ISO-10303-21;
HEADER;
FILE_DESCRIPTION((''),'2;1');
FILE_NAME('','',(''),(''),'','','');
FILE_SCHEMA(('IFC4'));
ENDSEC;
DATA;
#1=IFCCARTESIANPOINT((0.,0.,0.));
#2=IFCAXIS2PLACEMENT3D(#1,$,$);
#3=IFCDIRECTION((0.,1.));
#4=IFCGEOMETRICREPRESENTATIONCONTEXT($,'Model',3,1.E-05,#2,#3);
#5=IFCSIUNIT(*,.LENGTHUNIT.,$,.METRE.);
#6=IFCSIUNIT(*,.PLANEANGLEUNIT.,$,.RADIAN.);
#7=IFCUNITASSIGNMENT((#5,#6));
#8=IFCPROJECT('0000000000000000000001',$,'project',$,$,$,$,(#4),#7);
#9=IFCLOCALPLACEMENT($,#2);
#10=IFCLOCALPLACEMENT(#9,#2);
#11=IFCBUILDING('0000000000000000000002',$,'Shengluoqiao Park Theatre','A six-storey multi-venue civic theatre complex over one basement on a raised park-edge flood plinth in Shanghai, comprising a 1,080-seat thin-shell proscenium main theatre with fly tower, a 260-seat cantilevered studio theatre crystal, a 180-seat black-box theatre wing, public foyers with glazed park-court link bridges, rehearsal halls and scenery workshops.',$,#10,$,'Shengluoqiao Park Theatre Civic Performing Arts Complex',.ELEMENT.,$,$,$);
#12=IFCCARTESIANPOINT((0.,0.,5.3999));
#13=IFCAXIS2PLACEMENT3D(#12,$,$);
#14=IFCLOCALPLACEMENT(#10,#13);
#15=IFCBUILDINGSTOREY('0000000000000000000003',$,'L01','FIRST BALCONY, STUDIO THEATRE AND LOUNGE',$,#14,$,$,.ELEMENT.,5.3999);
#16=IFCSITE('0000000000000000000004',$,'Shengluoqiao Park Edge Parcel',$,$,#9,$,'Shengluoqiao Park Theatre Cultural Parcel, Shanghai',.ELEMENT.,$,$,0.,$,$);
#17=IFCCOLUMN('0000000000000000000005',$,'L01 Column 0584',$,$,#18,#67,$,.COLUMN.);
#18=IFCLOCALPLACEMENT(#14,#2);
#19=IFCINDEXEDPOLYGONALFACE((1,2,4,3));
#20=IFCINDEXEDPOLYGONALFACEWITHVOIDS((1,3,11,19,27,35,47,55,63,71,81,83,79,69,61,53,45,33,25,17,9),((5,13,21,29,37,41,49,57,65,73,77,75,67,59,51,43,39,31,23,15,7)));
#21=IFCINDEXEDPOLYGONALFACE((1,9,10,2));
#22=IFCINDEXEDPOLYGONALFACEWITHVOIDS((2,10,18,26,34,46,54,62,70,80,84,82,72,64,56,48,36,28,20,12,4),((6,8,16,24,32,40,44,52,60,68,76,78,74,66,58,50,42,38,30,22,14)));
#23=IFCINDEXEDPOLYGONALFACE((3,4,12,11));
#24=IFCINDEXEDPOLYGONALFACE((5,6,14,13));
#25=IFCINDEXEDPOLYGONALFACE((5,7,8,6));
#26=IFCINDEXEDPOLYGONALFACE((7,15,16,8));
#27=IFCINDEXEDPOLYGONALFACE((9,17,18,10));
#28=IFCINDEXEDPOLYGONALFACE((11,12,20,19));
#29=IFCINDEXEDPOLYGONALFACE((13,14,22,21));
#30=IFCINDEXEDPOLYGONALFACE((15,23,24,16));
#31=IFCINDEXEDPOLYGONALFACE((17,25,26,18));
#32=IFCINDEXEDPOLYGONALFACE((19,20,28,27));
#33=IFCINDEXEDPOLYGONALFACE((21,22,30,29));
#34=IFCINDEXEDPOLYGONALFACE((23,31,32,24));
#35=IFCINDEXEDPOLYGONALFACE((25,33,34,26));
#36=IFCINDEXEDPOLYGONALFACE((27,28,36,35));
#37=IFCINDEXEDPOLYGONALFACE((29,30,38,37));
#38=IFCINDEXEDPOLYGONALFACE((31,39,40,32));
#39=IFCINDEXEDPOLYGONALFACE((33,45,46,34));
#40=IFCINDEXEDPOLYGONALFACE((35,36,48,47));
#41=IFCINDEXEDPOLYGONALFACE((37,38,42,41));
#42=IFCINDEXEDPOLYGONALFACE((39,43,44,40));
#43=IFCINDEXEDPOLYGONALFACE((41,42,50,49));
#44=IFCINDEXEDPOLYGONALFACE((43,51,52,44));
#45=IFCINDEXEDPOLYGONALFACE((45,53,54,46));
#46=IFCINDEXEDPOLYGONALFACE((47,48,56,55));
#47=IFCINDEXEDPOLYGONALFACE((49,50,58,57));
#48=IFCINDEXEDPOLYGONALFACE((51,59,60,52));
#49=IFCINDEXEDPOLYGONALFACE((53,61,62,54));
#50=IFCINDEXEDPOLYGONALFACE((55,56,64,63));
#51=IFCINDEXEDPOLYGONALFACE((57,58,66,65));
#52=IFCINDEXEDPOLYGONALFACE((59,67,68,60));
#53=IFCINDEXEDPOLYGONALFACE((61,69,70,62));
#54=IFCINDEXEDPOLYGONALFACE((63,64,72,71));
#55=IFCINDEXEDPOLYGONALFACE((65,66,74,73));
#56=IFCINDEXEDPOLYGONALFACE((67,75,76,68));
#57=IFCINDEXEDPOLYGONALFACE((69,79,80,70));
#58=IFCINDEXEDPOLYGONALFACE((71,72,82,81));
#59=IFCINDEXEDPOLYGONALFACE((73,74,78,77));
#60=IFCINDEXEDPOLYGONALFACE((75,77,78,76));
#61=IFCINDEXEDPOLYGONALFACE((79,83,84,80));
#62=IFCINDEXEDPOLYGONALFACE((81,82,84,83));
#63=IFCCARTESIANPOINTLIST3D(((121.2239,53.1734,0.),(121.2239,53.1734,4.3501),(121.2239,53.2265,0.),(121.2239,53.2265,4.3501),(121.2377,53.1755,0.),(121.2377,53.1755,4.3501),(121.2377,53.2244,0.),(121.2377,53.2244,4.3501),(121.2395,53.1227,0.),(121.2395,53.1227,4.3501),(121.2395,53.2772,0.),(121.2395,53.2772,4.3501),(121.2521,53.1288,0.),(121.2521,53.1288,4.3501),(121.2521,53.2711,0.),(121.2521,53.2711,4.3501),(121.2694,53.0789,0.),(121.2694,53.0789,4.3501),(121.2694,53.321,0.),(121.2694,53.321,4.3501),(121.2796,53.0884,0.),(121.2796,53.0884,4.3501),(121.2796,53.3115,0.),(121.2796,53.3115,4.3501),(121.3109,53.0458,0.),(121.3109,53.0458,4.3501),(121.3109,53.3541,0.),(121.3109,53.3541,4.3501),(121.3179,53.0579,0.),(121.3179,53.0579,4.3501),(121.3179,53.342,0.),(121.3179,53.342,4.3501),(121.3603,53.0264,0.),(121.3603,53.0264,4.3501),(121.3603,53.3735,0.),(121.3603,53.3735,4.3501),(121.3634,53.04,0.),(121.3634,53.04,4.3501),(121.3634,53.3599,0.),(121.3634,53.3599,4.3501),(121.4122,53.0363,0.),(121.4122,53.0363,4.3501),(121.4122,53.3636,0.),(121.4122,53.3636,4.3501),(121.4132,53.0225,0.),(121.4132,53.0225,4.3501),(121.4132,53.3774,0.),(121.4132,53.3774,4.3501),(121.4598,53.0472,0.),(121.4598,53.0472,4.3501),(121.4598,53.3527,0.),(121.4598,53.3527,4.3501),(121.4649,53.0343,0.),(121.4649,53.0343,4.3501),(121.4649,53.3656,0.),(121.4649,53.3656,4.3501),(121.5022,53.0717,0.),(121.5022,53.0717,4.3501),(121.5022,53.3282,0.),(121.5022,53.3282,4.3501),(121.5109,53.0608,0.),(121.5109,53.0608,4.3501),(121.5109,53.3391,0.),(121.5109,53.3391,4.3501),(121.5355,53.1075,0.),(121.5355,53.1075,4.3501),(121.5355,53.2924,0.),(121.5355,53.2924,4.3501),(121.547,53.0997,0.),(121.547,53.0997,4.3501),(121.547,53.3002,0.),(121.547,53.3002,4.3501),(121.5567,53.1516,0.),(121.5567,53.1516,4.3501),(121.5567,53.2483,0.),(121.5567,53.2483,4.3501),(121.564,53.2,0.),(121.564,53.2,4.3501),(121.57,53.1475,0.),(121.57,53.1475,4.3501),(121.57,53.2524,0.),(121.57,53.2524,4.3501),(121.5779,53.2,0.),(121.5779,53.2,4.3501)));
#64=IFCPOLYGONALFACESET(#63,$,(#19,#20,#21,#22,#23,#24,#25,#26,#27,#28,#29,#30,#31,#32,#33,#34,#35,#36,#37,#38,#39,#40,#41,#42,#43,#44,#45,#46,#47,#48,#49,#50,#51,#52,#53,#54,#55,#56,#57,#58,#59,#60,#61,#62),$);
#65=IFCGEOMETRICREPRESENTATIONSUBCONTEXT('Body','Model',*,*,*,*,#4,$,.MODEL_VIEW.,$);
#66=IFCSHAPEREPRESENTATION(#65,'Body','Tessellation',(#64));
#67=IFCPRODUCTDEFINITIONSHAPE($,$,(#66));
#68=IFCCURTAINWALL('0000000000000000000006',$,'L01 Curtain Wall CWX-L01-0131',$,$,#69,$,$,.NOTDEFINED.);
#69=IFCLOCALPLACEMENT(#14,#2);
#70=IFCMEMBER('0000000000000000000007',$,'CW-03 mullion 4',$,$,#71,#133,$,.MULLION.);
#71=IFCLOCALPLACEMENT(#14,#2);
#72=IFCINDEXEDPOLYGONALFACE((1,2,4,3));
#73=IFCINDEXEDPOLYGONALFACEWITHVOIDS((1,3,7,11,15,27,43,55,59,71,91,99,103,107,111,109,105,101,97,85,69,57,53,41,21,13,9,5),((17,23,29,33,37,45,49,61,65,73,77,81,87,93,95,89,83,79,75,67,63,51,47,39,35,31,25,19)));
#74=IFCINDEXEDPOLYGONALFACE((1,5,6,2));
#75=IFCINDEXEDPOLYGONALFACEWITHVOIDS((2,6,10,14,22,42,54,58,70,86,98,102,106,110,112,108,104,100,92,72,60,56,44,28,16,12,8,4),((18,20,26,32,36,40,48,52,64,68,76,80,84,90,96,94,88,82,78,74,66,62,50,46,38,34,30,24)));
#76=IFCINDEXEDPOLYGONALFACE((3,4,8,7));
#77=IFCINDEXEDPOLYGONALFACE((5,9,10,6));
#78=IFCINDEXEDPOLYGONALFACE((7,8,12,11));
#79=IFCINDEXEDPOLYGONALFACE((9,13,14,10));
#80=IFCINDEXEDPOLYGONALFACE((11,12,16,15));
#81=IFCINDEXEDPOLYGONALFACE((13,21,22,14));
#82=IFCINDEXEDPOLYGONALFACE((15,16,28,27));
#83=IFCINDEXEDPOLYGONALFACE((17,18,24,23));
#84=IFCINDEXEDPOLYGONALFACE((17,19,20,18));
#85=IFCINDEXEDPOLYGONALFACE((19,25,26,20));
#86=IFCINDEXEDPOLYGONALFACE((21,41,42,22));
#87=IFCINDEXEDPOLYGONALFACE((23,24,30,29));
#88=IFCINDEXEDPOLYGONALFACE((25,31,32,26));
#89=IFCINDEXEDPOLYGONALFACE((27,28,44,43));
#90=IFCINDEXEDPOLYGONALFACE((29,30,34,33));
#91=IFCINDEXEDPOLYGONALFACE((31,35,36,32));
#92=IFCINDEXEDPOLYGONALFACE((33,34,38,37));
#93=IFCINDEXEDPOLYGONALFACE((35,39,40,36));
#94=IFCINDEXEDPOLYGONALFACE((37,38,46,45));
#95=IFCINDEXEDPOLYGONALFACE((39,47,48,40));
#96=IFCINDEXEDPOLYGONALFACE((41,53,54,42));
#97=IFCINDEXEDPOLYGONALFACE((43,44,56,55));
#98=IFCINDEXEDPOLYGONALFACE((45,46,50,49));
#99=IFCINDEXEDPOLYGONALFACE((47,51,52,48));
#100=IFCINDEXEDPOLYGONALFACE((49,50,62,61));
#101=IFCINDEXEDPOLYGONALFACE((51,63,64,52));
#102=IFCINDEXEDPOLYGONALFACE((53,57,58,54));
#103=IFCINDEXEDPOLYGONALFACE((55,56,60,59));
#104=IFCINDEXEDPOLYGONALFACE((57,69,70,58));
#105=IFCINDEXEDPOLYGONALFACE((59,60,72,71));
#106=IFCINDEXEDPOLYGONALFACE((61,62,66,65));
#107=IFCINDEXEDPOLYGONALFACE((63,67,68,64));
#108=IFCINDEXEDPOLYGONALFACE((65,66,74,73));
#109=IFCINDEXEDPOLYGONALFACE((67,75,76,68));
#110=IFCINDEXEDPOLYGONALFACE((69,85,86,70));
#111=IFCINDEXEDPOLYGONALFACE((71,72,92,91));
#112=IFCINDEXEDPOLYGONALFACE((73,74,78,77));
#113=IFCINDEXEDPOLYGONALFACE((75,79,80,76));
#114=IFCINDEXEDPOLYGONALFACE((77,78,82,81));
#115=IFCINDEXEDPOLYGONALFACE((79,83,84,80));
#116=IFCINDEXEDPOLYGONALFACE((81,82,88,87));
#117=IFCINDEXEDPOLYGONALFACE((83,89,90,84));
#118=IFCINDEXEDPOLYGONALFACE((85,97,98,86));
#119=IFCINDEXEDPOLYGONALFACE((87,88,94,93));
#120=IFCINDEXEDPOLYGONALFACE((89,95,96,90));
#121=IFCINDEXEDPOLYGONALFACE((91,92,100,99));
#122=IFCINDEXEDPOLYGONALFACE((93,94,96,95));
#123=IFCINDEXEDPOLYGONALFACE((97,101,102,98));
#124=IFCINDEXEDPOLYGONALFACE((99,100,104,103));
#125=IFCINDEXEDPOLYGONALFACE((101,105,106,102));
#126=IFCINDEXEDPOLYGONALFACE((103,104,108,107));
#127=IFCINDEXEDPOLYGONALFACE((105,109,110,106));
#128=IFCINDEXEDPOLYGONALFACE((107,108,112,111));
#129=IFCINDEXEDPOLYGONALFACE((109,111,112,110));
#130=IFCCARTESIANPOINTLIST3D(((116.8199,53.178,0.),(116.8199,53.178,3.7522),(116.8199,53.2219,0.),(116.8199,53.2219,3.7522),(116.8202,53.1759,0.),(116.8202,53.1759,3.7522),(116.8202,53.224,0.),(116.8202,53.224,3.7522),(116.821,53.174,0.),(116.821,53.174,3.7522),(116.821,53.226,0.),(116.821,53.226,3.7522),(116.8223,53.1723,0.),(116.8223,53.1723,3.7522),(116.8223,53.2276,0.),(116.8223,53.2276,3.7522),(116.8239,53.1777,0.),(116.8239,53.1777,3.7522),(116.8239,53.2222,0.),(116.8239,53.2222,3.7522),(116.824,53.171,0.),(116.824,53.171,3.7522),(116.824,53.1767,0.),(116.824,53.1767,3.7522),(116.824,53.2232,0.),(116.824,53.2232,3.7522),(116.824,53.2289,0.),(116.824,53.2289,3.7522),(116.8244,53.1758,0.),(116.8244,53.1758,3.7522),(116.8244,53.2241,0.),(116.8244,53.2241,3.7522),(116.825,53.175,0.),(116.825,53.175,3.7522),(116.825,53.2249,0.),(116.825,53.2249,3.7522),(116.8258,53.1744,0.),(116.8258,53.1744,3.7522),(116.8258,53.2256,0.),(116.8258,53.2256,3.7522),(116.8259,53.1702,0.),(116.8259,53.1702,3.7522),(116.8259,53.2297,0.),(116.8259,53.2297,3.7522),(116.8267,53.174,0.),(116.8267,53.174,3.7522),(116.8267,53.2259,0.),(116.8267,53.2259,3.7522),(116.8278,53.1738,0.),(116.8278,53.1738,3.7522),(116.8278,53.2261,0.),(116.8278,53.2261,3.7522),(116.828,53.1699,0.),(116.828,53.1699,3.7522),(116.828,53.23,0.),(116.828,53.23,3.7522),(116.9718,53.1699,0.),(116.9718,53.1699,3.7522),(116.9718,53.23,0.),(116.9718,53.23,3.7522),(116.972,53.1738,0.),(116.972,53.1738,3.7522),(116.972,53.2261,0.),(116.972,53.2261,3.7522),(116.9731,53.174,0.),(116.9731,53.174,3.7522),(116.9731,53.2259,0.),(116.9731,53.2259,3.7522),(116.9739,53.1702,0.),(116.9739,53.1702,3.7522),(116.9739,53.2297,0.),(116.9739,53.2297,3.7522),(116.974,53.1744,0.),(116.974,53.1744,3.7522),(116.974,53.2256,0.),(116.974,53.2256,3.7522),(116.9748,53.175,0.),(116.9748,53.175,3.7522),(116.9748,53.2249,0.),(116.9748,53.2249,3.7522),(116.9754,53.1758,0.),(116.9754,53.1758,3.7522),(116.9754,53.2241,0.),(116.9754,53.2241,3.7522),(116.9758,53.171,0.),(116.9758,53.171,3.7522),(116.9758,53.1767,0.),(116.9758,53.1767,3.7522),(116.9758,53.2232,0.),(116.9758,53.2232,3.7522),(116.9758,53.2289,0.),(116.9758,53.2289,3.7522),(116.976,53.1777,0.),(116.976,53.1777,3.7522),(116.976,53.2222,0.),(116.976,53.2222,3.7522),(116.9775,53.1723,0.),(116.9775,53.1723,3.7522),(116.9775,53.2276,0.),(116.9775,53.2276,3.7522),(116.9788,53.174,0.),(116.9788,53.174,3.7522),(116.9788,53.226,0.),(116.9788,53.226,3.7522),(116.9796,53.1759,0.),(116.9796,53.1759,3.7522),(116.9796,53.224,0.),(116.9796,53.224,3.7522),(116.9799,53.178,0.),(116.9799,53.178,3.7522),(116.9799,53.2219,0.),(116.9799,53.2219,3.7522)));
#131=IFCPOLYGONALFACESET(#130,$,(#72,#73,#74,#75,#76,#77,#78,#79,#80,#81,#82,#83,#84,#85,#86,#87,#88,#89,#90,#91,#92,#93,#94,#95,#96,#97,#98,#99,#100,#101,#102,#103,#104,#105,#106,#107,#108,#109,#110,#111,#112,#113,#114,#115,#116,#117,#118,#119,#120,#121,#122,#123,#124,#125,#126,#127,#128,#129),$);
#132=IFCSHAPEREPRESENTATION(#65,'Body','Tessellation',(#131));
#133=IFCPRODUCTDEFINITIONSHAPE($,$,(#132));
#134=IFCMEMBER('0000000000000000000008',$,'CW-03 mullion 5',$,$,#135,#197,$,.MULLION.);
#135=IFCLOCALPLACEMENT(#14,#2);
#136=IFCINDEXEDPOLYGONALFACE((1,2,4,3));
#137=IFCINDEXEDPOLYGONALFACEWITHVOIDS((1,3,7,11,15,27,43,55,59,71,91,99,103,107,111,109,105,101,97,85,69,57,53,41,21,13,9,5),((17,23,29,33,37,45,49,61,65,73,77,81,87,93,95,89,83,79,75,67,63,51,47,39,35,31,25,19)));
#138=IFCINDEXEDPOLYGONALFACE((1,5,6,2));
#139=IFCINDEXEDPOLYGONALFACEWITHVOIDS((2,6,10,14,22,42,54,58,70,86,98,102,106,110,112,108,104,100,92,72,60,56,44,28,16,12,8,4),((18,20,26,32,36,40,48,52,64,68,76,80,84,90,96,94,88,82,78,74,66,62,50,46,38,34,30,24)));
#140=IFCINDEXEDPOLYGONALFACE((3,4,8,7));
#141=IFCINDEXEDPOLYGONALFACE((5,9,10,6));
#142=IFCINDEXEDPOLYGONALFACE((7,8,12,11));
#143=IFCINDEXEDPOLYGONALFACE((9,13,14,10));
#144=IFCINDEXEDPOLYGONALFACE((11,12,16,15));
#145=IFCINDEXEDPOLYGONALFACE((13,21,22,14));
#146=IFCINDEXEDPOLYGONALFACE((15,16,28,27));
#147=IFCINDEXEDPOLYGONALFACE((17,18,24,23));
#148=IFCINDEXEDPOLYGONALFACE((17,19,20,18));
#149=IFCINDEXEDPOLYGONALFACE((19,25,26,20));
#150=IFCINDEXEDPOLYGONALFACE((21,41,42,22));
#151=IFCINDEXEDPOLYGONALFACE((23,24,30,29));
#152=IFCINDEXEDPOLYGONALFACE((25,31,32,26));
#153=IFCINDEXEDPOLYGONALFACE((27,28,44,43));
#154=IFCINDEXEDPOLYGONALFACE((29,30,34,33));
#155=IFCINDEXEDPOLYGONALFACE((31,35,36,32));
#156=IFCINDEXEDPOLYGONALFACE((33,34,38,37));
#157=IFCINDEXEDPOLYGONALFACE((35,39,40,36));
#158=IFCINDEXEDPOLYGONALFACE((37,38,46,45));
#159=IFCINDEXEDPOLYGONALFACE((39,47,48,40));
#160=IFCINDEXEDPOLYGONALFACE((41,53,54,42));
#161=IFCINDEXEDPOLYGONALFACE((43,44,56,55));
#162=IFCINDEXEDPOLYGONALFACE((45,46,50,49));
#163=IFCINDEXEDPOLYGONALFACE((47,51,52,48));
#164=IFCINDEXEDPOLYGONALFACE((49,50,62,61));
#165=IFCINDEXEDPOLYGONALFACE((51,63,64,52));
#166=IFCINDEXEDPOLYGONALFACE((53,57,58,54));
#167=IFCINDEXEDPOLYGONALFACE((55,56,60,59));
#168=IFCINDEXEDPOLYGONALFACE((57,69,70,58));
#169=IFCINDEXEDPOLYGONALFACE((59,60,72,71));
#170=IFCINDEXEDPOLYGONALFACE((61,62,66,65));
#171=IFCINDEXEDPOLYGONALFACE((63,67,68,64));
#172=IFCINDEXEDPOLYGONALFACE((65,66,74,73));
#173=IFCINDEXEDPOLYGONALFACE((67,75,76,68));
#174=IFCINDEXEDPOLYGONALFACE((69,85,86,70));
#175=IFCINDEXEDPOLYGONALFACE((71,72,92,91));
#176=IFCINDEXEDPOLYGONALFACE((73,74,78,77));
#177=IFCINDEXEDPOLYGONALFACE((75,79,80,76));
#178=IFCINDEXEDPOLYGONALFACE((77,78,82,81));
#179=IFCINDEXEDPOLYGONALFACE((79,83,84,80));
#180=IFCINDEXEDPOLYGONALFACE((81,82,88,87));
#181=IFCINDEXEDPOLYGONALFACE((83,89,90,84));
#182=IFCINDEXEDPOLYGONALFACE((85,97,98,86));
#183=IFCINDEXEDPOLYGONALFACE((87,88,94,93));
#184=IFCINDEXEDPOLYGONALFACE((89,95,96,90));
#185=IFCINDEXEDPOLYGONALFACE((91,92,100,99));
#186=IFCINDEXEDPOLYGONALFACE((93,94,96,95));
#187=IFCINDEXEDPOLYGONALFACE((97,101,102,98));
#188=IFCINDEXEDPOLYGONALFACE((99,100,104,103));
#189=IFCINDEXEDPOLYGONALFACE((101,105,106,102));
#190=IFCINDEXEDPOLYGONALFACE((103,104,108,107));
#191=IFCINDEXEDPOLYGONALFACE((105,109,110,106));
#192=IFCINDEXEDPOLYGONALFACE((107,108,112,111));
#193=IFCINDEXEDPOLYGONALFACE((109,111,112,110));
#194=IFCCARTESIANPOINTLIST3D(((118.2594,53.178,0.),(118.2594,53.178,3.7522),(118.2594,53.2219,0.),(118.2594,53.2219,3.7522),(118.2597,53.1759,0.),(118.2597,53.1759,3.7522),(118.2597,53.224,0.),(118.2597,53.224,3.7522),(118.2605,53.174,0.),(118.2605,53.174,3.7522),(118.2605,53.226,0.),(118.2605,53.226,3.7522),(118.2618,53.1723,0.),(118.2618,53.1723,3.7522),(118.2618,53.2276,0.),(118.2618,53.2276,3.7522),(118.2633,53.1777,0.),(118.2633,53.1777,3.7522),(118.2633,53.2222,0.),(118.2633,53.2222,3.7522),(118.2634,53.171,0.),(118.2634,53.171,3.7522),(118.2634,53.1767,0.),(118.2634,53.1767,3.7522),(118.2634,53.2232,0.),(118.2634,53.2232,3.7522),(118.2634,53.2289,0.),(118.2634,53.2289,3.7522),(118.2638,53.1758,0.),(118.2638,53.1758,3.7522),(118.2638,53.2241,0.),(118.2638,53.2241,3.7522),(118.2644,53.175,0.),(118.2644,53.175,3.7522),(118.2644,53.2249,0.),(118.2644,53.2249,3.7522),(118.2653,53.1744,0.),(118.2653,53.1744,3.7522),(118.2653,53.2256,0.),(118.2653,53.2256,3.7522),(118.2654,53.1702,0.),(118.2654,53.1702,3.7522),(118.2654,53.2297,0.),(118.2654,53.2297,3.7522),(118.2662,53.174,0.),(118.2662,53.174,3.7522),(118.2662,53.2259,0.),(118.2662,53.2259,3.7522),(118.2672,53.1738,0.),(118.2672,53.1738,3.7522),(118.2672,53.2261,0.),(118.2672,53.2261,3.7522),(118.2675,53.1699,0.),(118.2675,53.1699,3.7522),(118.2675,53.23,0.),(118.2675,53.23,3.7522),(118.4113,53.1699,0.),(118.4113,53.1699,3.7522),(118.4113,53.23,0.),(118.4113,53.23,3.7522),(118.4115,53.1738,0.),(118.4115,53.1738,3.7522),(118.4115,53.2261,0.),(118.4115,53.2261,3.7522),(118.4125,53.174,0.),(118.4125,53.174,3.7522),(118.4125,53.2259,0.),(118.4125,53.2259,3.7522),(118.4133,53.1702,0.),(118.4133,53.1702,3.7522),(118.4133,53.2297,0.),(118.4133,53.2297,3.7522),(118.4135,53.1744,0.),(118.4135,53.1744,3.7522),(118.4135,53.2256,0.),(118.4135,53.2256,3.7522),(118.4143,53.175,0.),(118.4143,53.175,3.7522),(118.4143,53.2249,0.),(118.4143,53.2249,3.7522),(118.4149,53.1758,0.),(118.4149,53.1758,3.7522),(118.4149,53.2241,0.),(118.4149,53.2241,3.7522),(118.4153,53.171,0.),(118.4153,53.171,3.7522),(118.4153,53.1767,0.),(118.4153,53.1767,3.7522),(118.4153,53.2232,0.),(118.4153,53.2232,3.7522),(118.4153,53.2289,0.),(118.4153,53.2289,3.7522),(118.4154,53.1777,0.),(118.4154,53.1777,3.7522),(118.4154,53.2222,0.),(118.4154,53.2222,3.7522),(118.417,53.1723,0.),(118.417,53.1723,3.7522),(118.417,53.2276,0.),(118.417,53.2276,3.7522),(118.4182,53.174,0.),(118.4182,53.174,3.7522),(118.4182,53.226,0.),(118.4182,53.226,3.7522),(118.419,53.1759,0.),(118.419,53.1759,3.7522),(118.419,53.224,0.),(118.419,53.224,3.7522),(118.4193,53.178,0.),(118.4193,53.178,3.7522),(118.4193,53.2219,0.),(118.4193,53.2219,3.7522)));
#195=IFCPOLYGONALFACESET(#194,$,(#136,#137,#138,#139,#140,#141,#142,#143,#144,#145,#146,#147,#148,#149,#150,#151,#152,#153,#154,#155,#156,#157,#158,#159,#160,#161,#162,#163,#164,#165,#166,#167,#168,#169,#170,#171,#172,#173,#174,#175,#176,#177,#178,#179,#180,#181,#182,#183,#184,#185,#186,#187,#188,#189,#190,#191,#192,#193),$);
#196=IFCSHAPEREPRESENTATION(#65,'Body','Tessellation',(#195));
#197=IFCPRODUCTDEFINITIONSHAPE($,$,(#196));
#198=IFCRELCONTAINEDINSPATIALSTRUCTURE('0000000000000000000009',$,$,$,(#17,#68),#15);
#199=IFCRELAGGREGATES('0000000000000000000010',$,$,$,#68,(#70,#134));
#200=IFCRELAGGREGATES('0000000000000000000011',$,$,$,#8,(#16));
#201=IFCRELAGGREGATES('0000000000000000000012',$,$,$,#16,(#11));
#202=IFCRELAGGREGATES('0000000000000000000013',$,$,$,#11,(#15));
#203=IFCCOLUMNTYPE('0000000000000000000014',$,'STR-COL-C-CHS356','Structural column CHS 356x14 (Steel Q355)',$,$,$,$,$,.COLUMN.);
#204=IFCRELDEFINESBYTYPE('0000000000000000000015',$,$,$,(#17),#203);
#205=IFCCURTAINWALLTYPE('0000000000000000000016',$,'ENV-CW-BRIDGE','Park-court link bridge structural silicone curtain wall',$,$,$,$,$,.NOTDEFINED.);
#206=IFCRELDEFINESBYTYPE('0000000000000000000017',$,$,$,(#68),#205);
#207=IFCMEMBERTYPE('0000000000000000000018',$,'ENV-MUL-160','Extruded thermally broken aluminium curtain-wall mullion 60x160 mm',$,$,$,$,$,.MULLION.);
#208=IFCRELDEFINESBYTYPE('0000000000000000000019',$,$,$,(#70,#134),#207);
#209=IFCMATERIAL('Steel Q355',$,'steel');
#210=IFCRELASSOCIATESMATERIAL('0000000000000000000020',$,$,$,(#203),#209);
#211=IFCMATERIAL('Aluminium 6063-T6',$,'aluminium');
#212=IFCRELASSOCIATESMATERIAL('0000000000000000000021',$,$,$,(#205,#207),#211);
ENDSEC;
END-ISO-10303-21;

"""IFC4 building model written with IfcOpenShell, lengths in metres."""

from ifc_helpers import new_model, si_unit, direction, frame, origin, origin_2d, place, context, subcontext, project, spatial, hollow_rectangle, hollow_circle, extrude, material, material_profile, profile_set, type_object, element, aggregate, save


model = new_model("IFC4")

# Units and contexts
model_context = context("Model", 3, precision=1e-05, world=origin(), true_north=direction((0.0, 1.0)))
body_context = subcontext(model_context, "Body", "Model", "MODEL_VIEW")
ifc_project = project(units=[si_unit("LENGTHUNIT", "METRE"), si_unit("PLANEANGLEUNIT", "RADIAN")], contexts=[model_context])

# Site, building, storey
site_placement = place(None, origin())
site = spatial("IfcSite", under=ifc_project, at=site_placement, Name="Shengluoqiao Park Edge Parcel", LongName="Shengluoqiao Park Theatre Cultural Parcel, Shanghai", CompositionType="ELEMENT", RefElevation=0.0)
building_placement = place(site_placement, origin())
building = spatial("IfcBuilding", under=site, at=building_placement, Name="Shengluoqiao Park Theatre", Description="A six-storey multi-venue civic theatre complex over one basement on a raised park-edge flood plinth in Shanghai, comprising a 1,080-seat thin-shell proscenium main theatre with fly tower, a 260-seat cantilevered studio theatre crystal, a 180-seat black-box theatre wing, public foyers with glazed park-court link bridges, rehearsal halls and scenery workshops.", LongName="Shengluoqiao Park Theatre Civic Performing Arts Complex", CompositionType="ELEMENT")
storey_placement = place(building_placement, frame((0.0, 0.0, 5.3999)))
storey = spatial("IfcBuildingStorey", under=building, at=storey_placement, Name="L01", Description="FIRST BALCONY, STUDIO THEATRE AND LOUNGE", CompositionType="ELEMENT", Elevation=5.3999)

# Column
ifc_material_1 = material(Name="Steel Q355", Category="steel")
ifc_material_profile_1 = material_profile(ifc_material_1, hollow_circle(Radius=0.178, WallThickness=0.0139, at=origin_2d()), Name="CHS 356x14")
ifc_profile_set_1 = profile_set([ifc_material_profile_1], Name="Steel Q355")
column_type = type_object("IfcColumnType", Name="STR-COL-C-CHS356", Description="Structural column CHS 356x14 (Steel Q355)", PredefinedType="COLUMN", material=ifc_profile_set_1)
column_placement = place(storey_placement, frame((121.3999, 53.2, 0.0), z_axis=(0.0, 0.0, 1.0), x_axis=(1.0, 0.0, 0.0)))
element("IfcColumn", 1, at=column_placement, inside=storey, type_object=column_type, Name="L01 Column 0584", PredefinedType="COLUMN", context=body_context, shape_type="SweptSolid", body=[
    extrude(hollow_circle(Radius=0.178, WallThickness=0.0139, at=origin_2d()), origin(), (0.0, 0.0, 1.0), 4.3501),
])

# Curtain wall, members
ifc_material_2 = material(Name="Aluminium 6063-T6", Category="aluminium")
curtain_wall_type = type_object("IfcCurtainWallType", Name="ENV-CW-BRIDGE", Description="Park-court link bridge structural silicone curtain wall", PredefinedType="NOTDEFINED", material=ifc_material_2)
curtain_wall_1_placement = place(storey_placement, origin())
curtain_wall_1 = element("IfcCurtainWall", 2, at=curtain_wall_1_placement, inside=storey, type_object=curtain_wall_type, Name="L01 Curtain Wall CWX-L01-0131", PredefinedType="NOTDEFINED")
ifc_material_profile_2 = material_profile(ifc_material_2, hollow_rectangle(XDim=0.0601, YDim=0.1599, WallThickness=0.0039, InnerFilletRadius=0.0039, OuterFilletRadius=0.0081, at=origin_2d()), Name="ALU MULLION 160x60x4")
ifc_profile_set_2 = profile_set([ifc_material_profile_2], Name="Aluminium 6063-T6")
member_type_1 = type_object("IfcMemberType", Name="ENV-MUL-160", Description="Extruded thermally broken aluminium curtain-wall mullion 60x160 mm", PredefinedType="MULLION", material=ifc_profile_set_2)
member_1_placement = place(storey_placement, frame((116.8999, 53.2, 0.0), z_axis=(0.0, 0.0, 1.0), x_axis=(0.0, 1.0, 0.0)))
member_1 = element("IfcMember", 3, at=member_1_placement, type_object=member_type_1, Name="CW-03 mullion 4", PredefinedType="MULLION", context=body_context, shape_type="SweptSolid", body=[
    extrude(hollow_rectangle(XDim=0.0601, YDim=0.1599, WallThickness=0.0039, InnerFilletRadius=0.0039, OuterFilletRadius=0.0081, at=origin_2d()), origin(), (0.0, 0.0, 1.0), 3.7522),
])
member_2_placement = place(storey_placement, frame((118.3394, 53.2, 0.0), z_axis=(0.0, 0.0, 1.0), x_axis=(0.0, 1.0, 0.0)))
member_2 = element("IfcMember", 4, at=member_2_placement, type_object=member_type_1, Name="CW-03 mullion 5", PredefinedType="MULLION", context=body_context, shape_type="SweptSolid", body=[
    extrude(hollow_rectangle(XDim=0.0601, YDim=0.1599, WallThickness=0.0039, InnerFilletRadius=0.0039, OuterFilletRadius=0.0081, at=origin_2d()), origin(), (0.0, 0.0, 1.0), 3.7522),
])

aggregate(curtain_wall_1, [member_1, member_2])

save(model, "model.ifc")
